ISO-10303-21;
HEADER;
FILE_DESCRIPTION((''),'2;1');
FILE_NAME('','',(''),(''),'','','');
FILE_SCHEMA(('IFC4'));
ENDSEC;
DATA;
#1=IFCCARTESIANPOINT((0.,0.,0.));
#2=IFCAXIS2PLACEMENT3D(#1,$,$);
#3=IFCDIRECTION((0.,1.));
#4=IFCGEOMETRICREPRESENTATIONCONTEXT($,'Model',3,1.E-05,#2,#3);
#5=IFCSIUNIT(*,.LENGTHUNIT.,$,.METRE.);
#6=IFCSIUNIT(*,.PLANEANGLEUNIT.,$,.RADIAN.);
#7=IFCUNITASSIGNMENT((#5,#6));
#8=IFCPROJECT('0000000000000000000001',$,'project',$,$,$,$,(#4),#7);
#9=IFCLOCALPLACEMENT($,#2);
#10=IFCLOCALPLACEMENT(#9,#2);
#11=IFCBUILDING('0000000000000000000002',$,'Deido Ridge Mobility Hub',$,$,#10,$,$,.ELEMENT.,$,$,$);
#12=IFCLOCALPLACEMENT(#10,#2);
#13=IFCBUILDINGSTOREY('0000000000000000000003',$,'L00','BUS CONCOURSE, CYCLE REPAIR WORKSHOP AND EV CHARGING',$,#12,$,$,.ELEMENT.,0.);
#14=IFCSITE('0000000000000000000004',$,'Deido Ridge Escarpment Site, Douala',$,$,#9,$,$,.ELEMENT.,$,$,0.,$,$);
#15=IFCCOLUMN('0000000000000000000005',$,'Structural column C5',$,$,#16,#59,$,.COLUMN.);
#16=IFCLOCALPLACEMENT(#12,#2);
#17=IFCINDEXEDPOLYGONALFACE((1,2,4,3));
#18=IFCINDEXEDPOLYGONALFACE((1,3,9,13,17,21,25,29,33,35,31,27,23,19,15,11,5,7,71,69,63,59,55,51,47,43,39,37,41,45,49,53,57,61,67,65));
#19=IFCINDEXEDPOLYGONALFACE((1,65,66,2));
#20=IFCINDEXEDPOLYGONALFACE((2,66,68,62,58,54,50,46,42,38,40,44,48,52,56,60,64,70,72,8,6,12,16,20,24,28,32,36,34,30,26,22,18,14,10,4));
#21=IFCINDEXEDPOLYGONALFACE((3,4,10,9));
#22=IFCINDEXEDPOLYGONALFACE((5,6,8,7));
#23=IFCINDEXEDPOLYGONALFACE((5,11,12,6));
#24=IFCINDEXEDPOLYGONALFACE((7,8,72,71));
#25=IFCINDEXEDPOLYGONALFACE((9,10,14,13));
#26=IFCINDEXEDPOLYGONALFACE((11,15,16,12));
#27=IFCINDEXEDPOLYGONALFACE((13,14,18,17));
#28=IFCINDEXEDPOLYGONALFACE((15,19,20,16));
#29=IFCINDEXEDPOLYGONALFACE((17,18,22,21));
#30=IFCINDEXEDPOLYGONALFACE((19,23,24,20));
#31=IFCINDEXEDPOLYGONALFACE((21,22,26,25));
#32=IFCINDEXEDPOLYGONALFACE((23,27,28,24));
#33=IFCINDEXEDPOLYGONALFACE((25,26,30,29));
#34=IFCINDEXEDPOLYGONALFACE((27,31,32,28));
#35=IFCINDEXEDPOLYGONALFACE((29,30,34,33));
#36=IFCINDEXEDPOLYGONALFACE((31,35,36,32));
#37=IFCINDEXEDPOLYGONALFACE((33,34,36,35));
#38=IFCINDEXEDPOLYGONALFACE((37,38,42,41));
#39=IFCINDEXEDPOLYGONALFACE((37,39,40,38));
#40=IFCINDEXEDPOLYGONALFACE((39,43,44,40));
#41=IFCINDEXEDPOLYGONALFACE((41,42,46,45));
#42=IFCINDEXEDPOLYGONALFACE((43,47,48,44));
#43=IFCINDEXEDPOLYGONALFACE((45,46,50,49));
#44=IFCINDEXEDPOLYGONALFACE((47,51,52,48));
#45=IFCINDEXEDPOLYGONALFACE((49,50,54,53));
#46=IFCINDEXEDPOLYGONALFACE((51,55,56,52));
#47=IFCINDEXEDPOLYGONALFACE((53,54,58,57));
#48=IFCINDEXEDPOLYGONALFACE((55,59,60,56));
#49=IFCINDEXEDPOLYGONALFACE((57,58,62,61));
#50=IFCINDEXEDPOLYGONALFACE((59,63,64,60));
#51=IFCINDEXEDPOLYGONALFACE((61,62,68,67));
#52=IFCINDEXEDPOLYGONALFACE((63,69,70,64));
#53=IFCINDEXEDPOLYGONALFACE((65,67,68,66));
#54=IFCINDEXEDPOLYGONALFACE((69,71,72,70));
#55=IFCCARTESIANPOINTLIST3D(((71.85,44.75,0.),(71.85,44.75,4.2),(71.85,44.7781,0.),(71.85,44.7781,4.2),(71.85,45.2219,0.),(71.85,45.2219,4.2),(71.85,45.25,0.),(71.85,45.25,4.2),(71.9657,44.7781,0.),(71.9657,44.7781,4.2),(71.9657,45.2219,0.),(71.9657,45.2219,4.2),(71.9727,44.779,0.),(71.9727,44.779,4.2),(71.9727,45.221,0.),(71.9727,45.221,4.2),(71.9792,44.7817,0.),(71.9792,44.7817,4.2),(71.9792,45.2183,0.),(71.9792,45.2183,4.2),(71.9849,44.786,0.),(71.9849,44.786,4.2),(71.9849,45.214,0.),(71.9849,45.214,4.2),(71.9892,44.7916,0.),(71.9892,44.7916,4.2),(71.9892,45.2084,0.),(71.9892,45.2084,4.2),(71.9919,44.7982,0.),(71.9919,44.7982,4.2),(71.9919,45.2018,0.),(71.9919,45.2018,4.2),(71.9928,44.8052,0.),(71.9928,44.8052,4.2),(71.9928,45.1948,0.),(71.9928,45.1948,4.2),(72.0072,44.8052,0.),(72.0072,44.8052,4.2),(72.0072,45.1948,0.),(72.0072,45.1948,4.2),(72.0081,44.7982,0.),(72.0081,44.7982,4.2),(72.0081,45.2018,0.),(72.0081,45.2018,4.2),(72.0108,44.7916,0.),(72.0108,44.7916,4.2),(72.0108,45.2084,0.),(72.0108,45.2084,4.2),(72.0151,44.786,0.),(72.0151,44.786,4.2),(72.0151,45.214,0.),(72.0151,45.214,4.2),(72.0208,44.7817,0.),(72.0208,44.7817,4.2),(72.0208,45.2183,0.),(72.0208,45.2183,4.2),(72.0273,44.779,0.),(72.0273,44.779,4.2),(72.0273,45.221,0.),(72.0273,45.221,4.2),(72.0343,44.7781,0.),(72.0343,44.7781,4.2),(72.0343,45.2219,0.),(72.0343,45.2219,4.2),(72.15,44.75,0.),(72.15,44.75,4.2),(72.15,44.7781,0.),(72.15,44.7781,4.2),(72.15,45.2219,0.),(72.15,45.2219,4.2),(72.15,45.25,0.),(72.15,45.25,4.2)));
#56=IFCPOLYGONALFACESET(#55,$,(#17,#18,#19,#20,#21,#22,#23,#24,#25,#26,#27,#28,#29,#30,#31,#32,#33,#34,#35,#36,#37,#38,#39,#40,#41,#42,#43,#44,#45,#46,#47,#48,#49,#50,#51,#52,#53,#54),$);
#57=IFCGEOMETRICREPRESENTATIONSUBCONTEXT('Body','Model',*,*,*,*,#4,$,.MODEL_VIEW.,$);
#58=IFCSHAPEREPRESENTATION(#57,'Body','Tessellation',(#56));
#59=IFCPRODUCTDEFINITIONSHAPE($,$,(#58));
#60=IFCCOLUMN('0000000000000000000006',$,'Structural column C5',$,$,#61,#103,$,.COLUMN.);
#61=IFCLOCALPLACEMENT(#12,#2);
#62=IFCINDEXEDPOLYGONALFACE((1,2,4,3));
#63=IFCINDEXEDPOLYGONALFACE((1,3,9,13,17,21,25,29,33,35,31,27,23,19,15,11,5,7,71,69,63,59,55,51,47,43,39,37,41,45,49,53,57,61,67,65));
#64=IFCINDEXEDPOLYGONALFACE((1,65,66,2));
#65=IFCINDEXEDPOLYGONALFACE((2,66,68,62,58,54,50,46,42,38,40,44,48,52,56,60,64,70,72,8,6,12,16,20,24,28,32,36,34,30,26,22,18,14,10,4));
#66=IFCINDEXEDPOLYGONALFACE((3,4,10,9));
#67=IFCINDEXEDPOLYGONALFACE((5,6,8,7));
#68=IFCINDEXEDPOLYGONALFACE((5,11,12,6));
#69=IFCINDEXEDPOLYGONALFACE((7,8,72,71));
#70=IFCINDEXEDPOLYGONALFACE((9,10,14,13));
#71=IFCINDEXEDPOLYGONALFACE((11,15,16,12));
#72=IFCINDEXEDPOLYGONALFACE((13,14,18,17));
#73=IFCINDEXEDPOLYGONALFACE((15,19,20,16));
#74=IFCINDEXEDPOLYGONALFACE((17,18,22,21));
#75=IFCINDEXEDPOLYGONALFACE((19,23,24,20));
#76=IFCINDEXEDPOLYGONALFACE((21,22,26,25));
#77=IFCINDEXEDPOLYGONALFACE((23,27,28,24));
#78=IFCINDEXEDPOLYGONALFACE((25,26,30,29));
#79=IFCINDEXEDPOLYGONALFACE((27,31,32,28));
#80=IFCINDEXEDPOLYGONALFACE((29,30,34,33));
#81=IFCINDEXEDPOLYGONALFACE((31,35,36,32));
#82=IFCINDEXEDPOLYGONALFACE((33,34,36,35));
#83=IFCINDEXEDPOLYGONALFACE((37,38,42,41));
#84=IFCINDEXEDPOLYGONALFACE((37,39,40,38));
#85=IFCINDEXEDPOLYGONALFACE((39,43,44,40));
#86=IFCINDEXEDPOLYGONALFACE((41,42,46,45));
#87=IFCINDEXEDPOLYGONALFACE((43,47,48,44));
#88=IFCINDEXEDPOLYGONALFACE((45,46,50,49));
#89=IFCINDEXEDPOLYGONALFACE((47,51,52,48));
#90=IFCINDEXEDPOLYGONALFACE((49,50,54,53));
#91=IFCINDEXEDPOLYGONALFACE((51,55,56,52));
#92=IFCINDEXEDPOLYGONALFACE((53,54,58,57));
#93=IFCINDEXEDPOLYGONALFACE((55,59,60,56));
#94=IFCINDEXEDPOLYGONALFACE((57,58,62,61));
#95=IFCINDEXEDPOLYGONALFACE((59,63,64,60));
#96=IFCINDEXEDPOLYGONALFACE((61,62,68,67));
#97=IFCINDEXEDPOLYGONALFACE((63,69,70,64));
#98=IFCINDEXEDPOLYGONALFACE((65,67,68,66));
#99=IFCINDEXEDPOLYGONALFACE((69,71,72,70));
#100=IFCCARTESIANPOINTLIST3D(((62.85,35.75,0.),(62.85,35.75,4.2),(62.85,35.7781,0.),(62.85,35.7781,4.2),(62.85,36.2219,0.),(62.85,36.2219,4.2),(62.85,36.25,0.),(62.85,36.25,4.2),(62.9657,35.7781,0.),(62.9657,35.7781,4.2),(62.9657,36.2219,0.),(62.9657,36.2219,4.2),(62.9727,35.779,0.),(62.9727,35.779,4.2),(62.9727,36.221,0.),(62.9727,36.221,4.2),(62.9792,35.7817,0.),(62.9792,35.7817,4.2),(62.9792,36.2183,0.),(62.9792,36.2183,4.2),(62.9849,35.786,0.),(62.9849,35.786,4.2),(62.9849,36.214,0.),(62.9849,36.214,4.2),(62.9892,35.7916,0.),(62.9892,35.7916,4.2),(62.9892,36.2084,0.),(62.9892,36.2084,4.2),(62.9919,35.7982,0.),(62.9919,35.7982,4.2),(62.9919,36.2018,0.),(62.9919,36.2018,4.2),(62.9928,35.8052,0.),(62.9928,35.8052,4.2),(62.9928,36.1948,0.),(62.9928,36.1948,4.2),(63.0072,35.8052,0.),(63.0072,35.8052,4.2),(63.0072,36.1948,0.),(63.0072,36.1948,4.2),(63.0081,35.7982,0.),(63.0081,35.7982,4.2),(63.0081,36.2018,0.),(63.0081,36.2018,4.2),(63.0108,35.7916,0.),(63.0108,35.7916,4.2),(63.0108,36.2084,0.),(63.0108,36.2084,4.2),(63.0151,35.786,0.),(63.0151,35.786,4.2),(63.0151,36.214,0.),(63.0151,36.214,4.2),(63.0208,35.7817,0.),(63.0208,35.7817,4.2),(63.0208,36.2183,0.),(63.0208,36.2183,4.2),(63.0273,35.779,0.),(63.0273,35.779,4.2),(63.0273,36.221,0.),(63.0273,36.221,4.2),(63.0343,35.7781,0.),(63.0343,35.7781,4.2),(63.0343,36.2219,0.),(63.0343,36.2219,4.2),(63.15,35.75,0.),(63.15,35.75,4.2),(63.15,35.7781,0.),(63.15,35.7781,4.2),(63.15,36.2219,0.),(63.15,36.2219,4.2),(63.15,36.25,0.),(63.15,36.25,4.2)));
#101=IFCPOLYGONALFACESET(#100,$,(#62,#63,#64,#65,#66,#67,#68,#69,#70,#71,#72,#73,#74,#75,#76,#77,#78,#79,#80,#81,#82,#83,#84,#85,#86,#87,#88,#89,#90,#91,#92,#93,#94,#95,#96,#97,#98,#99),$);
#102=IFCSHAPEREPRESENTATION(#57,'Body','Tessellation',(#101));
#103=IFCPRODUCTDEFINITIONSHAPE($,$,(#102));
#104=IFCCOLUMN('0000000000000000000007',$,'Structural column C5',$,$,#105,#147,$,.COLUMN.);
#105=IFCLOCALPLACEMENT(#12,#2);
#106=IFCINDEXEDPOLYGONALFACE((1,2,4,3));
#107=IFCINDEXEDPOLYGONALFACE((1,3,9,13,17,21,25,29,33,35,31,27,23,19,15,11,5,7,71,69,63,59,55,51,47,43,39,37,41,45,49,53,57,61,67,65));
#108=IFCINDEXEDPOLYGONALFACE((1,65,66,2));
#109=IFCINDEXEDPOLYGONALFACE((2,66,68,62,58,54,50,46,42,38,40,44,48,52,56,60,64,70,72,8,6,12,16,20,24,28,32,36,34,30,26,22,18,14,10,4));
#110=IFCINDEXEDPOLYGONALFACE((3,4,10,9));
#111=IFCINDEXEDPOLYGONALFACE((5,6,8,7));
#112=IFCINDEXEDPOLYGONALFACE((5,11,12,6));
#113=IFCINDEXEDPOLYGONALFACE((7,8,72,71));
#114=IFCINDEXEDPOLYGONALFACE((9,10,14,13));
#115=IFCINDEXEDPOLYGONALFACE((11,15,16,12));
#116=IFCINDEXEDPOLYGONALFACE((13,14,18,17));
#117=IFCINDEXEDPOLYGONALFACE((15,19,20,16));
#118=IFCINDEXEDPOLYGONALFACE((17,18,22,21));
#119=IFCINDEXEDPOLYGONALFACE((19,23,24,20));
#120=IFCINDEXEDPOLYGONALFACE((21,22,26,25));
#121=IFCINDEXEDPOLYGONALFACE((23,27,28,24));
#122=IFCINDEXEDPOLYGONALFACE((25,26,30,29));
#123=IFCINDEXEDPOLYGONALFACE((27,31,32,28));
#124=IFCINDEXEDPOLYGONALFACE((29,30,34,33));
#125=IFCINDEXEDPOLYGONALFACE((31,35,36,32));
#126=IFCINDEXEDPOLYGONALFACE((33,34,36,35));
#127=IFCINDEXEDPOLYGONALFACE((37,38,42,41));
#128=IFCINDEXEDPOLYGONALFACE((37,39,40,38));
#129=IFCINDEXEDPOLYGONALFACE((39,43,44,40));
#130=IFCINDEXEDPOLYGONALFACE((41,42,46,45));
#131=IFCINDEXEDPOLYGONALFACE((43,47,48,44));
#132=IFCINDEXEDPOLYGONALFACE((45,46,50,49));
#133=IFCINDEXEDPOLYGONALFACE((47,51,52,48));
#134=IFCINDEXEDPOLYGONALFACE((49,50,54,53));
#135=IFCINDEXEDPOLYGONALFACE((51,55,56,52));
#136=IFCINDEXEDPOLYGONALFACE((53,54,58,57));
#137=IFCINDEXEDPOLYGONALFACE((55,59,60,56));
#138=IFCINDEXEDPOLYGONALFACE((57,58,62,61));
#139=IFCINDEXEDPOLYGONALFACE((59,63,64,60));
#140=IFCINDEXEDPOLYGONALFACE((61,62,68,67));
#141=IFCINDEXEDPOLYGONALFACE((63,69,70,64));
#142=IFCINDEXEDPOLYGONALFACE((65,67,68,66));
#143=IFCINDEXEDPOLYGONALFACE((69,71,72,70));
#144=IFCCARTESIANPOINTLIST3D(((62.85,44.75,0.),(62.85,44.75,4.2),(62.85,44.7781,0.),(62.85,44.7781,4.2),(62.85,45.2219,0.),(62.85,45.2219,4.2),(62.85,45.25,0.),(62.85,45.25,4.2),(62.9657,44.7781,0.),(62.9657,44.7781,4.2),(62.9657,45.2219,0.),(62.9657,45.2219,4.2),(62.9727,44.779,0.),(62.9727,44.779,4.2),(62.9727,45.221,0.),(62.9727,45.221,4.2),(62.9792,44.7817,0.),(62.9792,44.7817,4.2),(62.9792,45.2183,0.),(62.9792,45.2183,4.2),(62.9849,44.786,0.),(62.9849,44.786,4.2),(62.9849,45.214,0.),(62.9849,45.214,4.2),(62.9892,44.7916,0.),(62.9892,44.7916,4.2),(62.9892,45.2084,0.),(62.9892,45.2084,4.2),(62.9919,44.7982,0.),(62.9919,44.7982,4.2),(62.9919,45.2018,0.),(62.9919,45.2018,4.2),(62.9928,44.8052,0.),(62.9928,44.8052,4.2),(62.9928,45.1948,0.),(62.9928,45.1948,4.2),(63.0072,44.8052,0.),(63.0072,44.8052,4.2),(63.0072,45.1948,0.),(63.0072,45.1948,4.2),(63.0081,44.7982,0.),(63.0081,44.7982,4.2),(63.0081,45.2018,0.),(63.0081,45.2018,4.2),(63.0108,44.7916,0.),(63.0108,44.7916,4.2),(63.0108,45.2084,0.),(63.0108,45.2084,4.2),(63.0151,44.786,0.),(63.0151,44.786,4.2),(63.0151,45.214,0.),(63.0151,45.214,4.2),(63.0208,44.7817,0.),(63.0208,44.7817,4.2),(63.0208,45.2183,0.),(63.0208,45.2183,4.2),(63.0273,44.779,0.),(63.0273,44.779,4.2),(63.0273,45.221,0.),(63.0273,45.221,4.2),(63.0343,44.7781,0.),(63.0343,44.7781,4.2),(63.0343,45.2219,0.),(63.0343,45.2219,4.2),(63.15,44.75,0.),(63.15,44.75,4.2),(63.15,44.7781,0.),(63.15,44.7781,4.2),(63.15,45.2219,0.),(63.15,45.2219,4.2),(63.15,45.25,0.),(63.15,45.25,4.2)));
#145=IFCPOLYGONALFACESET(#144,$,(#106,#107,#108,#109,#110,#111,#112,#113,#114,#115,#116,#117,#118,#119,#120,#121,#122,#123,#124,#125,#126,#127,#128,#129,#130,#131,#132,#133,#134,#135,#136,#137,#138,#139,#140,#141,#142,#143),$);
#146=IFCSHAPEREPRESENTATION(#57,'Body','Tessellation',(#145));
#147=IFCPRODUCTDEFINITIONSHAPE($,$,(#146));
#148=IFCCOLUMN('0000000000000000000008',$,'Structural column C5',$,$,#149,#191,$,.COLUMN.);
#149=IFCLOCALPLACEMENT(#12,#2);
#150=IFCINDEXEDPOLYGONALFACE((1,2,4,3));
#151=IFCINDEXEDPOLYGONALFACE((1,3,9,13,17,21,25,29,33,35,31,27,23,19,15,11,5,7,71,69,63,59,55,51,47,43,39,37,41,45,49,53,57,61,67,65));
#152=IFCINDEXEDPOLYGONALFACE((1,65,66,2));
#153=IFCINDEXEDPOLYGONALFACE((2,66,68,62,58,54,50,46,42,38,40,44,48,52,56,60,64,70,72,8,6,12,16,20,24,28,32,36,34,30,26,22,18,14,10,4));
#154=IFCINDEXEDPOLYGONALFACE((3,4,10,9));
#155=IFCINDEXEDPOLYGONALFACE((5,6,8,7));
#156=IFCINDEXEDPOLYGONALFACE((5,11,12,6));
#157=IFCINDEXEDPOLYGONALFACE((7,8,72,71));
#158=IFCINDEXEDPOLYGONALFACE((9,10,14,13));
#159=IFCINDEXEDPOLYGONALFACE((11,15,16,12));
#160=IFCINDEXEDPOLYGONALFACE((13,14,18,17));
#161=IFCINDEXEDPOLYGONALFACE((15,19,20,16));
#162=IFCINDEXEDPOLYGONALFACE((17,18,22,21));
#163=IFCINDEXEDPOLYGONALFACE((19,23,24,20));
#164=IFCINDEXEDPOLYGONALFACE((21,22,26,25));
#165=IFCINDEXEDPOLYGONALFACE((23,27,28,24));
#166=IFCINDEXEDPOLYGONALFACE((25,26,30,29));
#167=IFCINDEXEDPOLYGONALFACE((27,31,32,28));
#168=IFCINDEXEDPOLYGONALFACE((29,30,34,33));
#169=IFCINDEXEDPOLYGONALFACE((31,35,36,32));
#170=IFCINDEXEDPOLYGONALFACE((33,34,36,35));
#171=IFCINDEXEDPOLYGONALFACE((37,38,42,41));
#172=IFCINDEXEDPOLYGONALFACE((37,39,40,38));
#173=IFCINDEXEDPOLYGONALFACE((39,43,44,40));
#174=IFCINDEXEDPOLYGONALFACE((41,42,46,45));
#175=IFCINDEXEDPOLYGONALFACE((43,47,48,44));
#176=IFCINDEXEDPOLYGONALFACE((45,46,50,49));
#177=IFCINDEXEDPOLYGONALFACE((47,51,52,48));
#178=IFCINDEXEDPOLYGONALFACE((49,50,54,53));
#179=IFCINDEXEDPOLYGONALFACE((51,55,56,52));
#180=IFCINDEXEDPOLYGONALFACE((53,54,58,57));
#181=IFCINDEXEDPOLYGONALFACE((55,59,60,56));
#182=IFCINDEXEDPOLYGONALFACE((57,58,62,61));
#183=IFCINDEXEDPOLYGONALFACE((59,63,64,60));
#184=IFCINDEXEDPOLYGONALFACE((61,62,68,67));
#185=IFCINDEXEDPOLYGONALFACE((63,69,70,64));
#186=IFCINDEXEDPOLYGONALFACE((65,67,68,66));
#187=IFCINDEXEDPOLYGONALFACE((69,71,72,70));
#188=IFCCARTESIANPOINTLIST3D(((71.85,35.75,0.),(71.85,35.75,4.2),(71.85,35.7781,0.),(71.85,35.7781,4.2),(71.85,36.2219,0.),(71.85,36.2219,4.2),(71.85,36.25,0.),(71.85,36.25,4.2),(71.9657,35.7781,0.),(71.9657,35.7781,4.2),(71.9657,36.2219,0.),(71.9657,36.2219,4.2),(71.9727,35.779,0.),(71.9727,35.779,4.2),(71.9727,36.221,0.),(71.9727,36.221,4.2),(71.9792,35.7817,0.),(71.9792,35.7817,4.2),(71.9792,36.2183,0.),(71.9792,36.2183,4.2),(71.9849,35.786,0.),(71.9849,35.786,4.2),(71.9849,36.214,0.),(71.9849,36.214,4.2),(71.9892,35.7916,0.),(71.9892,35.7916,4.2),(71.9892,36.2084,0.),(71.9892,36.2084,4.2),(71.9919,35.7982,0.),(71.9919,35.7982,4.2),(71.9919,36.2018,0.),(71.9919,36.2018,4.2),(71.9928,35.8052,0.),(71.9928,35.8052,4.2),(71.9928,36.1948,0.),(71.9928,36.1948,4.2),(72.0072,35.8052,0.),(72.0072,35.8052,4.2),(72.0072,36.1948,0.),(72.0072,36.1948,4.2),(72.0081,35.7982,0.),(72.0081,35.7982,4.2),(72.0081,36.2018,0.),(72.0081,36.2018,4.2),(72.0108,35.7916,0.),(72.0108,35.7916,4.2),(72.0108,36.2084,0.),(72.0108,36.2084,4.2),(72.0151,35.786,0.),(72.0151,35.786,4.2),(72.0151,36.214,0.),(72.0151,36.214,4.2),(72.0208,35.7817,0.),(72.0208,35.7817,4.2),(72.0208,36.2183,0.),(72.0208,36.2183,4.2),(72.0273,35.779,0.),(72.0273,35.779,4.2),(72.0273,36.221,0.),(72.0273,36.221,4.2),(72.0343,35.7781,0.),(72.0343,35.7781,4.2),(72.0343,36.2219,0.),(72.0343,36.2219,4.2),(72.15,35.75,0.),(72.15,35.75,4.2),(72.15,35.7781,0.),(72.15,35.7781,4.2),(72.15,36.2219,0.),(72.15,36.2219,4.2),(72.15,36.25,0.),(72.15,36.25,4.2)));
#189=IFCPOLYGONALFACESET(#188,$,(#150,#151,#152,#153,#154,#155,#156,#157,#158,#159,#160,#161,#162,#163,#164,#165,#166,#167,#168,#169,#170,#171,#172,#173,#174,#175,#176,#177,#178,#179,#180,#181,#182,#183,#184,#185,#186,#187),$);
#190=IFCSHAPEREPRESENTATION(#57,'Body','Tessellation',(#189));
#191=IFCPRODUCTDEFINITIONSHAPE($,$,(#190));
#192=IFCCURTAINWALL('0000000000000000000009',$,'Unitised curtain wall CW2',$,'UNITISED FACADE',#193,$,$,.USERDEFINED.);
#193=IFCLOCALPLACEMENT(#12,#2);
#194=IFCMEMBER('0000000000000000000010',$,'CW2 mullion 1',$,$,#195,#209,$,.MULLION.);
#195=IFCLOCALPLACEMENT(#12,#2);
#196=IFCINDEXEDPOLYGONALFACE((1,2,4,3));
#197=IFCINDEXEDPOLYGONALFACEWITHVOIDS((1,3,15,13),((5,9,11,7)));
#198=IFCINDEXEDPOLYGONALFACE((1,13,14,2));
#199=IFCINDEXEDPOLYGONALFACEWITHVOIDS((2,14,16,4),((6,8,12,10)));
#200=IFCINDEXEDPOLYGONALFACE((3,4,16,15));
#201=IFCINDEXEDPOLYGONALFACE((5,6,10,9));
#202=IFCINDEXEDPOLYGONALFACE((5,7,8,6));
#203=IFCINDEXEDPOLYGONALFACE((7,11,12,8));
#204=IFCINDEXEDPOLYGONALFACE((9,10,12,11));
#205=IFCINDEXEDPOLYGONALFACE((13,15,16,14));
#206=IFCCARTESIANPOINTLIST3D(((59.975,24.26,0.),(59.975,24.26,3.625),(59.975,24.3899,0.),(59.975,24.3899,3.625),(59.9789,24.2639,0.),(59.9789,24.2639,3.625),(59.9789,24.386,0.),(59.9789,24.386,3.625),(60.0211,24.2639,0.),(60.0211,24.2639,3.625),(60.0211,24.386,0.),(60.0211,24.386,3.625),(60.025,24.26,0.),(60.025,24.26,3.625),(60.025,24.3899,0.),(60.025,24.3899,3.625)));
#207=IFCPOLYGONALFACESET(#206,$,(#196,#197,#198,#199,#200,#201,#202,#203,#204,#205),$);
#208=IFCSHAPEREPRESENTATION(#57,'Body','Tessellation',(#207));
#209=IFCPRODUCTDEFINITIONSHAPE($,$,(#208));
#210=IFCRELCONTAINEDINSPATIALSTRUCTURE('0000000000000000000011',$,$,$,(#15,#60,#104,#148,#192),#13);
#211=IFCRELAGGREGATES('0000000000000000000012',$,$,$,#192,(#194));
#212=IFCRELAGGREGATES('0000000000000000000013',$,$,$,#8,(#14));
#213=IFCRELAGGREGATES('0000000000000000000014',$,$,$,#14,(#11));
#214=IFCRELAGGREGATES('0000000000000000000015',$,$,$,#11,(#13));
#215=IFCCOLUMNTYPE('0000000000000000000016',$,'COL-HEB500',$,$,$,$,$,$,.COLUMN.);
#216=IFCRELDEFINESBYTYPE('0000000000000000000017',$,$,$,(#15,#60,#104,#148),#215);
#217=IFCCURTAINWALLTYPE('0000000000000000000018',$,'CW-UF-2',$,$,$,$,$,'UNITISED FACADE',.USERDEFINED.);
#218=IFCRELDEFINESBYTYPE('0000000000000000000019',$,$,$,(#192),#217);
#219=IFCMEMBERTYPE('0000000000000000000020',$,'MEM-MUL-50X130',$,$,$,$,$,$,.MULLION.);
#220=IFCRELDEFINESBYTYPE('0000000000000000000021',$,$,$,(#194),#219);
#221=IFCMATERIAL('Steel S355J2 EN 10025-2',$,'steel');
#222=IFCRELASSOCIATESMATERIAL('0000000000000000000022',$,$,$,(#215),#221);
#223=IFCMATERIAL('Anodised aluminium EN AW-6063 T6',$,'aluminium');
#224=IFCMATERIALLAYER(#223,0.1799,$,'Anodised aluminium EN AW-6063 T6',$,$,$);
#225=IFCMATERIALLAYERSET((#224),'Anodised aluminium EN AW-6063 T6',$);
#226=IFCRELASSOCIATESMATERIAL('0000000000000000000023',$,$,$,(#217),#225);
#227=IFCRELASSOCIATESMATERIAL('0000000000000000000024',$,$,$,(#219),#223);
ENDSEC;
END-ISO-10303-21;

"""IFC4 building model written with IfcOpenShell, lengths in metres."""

from ifc_helpers import new_model, si_unit, direction, frame, origin, origin_2d, place, context, subcontext, project, spatial, hollow_rectangle, i_section, extrude, material, layer, layer_set, material_profile, profile_set, type_object, element, aggregate, save


model = new_model("IFC4")

# Units and contexts
model_context = context("Model", 3, precision=1e-05, world=origin(), true_north=direction((0.0, 1.0)))
body_context = subcontext(model_context, "Body", "Model", "MODEL_VIEW")
ifc_project = project(units=[si_unit("LENGTHUNIT", "METRE"), si_unit("PLANEANGLEUNIT", "RADIAN")], contexts=[model_context])

# Site, building, storey
site_placement = place(None, origin())
site = spatial("IfcSite", under=ifc_project, at=site_placement, Name="Deido Ridge Escarpment Site, Douala", CompositionType="ELEMENT", RefElevation=0.0)
building_placement = place(site_placement, origin())
building = spatial("IfcBuilding", under=site, at=building_placement, Name="Deido Ridge Mobility Hub", CompositionType="ELEMENT")
storey_placement = place(building_placement, origin())
storey = spatial("IfcBuildingStorey", under=building, at=storey_placement, Name="L00", Description="BUS CONCOURSE, CYCLE REPAIR WORKSHOP AND EV CHARGING", CompositionType="ELEMENT", Elevation=0.0)

# Columns
ifc_material_1 = material(Name="Steel S355J2 EN 10025-2", Category="steel")
ifc_material_profile_1 = material_profile(ifc_material_1, i_section(OverallWidth=0.3, OverallDepth=0.5, WebThickness=0.0144, FlangeThickness=0.0281, FilletRadius=0.0271, at=origin_2d()), Name="HEB 500")
ifc_profile_set_1 = profile_set([ifc_material_profile_1], Name="Steel S355J2 EN 10025-2")
column_type = type_object("IfcColumnType", Name="COL-HEB500", PredefinedType="COLUMN", material=ifc_profile_set_1)
for number, where, z_axis, x_axis, name in (
    (1, (72.0, 45.0, 0.0), (0.0, 0.0, 1.0), (1.0, 0.0, 0.0), "Structural column C5"),
    (2, (63.0, 36.0, 0.0), (0.0, 0.0, 1.0), (1.0, 0.0, 0.0), "Structural column C5"),
    (3, (63.0, 45.0, 0.0), (0.0, 0.0, 1.0), (1.0, 0.0, 0.0), "Structural column C5"),
    (4, (72.0, 36.0, 0.0), (0.0, 0.0, 1.0), (1.0, 0.0, 0.0), "Structural column C5"),
):
    element("IfcColumn", number, at=place(storey_placement, frame(where, z_axis=z_axis, x_axis=x_axis)), inside=storey, type_object=column_type, Name=name, PredefinedType="COLUMN", context=body_context, shape_type="SweptSolid", body=[
        extrude(i_section(OverallWidth=0.3, OverallDepth=0.5, WebThickness=0.0144, FlangeThickness=0.0281, FilletRadius=0.0271, at=origin_2d()), origin(), (0.0, 0.0, 1.0), 4.2),
    ])

# Curtain wall, member
ifc_material_2 = material(Name="Anodised aluminium EN AW-6063 T6", Category="aluminium")
ifc_layer_1 = layer(ifc_material_2, 0.1799, Name="Anodised aluminium EN AW-6063 T6")
ifc_layer_set_1 = layer_set([ifc_layer_1], Name="Anodised aluminium EN AW-6063 T6")
curtain_wall_type_1 = type_object("IfcCurtainWallType", Name="CW-UF-2", ElementType="UNITISED FACADE", PredefinedType="USERDEFINED", material=ifc_layer_set_1)
curtain_wall_1_placement = place(storey_placement, origin())
curtain_wall_1 = element("IfcCurtainWall", 5, at=curtain_wall_1_placement, inside=storey, type_object=curtain_wall_type_1, Name="Unitised curtain wall CW2", ObjectType="UNITISED FACADE", PredefinedType="USERDEFINED")
ifc_material_profile_2 = material_profile(ifc_material_2, hollow_rectangle(XDim=0.05, YDim=0.1299, WallThickness=0.0039, at=origin_2d()), Name="RHS 50x130x4")
ifc_profile_set_2 = profile_set([ifc_material_profile_2], Name="Anodised aluminium EN AW-6063 T6")
member_type_1 = type_object("IfcMemberType", Name="MEM-MUL-50X130", PredefinedType="MULLION", material=ifc_profile_set_2)
member_1_placement = place(storey_placement, frame((60.0, 24.325, 0.0), z_axis=(0.0, 0.0, 1.0), x_axis=(-1.0, 0.0, 0.0)))
member_1 = element("IfcMember", 6, at=member_1_placement, type_object=member_type_1, Name="CW2 mullion 1", PredefinedType="MULLION", context=body_context, shape_type="SweptSolid", body=[
    extrude(hollow_rectangle(XDim=0.05, YDim=0.1299, WallThickness=0.0039, at=origin_2d()), origin(), (0.0, 0.0, 1.0), 3.625),
])

aggregate(curtain_wall_1, [member_1])

save(model, "model.ifc")
